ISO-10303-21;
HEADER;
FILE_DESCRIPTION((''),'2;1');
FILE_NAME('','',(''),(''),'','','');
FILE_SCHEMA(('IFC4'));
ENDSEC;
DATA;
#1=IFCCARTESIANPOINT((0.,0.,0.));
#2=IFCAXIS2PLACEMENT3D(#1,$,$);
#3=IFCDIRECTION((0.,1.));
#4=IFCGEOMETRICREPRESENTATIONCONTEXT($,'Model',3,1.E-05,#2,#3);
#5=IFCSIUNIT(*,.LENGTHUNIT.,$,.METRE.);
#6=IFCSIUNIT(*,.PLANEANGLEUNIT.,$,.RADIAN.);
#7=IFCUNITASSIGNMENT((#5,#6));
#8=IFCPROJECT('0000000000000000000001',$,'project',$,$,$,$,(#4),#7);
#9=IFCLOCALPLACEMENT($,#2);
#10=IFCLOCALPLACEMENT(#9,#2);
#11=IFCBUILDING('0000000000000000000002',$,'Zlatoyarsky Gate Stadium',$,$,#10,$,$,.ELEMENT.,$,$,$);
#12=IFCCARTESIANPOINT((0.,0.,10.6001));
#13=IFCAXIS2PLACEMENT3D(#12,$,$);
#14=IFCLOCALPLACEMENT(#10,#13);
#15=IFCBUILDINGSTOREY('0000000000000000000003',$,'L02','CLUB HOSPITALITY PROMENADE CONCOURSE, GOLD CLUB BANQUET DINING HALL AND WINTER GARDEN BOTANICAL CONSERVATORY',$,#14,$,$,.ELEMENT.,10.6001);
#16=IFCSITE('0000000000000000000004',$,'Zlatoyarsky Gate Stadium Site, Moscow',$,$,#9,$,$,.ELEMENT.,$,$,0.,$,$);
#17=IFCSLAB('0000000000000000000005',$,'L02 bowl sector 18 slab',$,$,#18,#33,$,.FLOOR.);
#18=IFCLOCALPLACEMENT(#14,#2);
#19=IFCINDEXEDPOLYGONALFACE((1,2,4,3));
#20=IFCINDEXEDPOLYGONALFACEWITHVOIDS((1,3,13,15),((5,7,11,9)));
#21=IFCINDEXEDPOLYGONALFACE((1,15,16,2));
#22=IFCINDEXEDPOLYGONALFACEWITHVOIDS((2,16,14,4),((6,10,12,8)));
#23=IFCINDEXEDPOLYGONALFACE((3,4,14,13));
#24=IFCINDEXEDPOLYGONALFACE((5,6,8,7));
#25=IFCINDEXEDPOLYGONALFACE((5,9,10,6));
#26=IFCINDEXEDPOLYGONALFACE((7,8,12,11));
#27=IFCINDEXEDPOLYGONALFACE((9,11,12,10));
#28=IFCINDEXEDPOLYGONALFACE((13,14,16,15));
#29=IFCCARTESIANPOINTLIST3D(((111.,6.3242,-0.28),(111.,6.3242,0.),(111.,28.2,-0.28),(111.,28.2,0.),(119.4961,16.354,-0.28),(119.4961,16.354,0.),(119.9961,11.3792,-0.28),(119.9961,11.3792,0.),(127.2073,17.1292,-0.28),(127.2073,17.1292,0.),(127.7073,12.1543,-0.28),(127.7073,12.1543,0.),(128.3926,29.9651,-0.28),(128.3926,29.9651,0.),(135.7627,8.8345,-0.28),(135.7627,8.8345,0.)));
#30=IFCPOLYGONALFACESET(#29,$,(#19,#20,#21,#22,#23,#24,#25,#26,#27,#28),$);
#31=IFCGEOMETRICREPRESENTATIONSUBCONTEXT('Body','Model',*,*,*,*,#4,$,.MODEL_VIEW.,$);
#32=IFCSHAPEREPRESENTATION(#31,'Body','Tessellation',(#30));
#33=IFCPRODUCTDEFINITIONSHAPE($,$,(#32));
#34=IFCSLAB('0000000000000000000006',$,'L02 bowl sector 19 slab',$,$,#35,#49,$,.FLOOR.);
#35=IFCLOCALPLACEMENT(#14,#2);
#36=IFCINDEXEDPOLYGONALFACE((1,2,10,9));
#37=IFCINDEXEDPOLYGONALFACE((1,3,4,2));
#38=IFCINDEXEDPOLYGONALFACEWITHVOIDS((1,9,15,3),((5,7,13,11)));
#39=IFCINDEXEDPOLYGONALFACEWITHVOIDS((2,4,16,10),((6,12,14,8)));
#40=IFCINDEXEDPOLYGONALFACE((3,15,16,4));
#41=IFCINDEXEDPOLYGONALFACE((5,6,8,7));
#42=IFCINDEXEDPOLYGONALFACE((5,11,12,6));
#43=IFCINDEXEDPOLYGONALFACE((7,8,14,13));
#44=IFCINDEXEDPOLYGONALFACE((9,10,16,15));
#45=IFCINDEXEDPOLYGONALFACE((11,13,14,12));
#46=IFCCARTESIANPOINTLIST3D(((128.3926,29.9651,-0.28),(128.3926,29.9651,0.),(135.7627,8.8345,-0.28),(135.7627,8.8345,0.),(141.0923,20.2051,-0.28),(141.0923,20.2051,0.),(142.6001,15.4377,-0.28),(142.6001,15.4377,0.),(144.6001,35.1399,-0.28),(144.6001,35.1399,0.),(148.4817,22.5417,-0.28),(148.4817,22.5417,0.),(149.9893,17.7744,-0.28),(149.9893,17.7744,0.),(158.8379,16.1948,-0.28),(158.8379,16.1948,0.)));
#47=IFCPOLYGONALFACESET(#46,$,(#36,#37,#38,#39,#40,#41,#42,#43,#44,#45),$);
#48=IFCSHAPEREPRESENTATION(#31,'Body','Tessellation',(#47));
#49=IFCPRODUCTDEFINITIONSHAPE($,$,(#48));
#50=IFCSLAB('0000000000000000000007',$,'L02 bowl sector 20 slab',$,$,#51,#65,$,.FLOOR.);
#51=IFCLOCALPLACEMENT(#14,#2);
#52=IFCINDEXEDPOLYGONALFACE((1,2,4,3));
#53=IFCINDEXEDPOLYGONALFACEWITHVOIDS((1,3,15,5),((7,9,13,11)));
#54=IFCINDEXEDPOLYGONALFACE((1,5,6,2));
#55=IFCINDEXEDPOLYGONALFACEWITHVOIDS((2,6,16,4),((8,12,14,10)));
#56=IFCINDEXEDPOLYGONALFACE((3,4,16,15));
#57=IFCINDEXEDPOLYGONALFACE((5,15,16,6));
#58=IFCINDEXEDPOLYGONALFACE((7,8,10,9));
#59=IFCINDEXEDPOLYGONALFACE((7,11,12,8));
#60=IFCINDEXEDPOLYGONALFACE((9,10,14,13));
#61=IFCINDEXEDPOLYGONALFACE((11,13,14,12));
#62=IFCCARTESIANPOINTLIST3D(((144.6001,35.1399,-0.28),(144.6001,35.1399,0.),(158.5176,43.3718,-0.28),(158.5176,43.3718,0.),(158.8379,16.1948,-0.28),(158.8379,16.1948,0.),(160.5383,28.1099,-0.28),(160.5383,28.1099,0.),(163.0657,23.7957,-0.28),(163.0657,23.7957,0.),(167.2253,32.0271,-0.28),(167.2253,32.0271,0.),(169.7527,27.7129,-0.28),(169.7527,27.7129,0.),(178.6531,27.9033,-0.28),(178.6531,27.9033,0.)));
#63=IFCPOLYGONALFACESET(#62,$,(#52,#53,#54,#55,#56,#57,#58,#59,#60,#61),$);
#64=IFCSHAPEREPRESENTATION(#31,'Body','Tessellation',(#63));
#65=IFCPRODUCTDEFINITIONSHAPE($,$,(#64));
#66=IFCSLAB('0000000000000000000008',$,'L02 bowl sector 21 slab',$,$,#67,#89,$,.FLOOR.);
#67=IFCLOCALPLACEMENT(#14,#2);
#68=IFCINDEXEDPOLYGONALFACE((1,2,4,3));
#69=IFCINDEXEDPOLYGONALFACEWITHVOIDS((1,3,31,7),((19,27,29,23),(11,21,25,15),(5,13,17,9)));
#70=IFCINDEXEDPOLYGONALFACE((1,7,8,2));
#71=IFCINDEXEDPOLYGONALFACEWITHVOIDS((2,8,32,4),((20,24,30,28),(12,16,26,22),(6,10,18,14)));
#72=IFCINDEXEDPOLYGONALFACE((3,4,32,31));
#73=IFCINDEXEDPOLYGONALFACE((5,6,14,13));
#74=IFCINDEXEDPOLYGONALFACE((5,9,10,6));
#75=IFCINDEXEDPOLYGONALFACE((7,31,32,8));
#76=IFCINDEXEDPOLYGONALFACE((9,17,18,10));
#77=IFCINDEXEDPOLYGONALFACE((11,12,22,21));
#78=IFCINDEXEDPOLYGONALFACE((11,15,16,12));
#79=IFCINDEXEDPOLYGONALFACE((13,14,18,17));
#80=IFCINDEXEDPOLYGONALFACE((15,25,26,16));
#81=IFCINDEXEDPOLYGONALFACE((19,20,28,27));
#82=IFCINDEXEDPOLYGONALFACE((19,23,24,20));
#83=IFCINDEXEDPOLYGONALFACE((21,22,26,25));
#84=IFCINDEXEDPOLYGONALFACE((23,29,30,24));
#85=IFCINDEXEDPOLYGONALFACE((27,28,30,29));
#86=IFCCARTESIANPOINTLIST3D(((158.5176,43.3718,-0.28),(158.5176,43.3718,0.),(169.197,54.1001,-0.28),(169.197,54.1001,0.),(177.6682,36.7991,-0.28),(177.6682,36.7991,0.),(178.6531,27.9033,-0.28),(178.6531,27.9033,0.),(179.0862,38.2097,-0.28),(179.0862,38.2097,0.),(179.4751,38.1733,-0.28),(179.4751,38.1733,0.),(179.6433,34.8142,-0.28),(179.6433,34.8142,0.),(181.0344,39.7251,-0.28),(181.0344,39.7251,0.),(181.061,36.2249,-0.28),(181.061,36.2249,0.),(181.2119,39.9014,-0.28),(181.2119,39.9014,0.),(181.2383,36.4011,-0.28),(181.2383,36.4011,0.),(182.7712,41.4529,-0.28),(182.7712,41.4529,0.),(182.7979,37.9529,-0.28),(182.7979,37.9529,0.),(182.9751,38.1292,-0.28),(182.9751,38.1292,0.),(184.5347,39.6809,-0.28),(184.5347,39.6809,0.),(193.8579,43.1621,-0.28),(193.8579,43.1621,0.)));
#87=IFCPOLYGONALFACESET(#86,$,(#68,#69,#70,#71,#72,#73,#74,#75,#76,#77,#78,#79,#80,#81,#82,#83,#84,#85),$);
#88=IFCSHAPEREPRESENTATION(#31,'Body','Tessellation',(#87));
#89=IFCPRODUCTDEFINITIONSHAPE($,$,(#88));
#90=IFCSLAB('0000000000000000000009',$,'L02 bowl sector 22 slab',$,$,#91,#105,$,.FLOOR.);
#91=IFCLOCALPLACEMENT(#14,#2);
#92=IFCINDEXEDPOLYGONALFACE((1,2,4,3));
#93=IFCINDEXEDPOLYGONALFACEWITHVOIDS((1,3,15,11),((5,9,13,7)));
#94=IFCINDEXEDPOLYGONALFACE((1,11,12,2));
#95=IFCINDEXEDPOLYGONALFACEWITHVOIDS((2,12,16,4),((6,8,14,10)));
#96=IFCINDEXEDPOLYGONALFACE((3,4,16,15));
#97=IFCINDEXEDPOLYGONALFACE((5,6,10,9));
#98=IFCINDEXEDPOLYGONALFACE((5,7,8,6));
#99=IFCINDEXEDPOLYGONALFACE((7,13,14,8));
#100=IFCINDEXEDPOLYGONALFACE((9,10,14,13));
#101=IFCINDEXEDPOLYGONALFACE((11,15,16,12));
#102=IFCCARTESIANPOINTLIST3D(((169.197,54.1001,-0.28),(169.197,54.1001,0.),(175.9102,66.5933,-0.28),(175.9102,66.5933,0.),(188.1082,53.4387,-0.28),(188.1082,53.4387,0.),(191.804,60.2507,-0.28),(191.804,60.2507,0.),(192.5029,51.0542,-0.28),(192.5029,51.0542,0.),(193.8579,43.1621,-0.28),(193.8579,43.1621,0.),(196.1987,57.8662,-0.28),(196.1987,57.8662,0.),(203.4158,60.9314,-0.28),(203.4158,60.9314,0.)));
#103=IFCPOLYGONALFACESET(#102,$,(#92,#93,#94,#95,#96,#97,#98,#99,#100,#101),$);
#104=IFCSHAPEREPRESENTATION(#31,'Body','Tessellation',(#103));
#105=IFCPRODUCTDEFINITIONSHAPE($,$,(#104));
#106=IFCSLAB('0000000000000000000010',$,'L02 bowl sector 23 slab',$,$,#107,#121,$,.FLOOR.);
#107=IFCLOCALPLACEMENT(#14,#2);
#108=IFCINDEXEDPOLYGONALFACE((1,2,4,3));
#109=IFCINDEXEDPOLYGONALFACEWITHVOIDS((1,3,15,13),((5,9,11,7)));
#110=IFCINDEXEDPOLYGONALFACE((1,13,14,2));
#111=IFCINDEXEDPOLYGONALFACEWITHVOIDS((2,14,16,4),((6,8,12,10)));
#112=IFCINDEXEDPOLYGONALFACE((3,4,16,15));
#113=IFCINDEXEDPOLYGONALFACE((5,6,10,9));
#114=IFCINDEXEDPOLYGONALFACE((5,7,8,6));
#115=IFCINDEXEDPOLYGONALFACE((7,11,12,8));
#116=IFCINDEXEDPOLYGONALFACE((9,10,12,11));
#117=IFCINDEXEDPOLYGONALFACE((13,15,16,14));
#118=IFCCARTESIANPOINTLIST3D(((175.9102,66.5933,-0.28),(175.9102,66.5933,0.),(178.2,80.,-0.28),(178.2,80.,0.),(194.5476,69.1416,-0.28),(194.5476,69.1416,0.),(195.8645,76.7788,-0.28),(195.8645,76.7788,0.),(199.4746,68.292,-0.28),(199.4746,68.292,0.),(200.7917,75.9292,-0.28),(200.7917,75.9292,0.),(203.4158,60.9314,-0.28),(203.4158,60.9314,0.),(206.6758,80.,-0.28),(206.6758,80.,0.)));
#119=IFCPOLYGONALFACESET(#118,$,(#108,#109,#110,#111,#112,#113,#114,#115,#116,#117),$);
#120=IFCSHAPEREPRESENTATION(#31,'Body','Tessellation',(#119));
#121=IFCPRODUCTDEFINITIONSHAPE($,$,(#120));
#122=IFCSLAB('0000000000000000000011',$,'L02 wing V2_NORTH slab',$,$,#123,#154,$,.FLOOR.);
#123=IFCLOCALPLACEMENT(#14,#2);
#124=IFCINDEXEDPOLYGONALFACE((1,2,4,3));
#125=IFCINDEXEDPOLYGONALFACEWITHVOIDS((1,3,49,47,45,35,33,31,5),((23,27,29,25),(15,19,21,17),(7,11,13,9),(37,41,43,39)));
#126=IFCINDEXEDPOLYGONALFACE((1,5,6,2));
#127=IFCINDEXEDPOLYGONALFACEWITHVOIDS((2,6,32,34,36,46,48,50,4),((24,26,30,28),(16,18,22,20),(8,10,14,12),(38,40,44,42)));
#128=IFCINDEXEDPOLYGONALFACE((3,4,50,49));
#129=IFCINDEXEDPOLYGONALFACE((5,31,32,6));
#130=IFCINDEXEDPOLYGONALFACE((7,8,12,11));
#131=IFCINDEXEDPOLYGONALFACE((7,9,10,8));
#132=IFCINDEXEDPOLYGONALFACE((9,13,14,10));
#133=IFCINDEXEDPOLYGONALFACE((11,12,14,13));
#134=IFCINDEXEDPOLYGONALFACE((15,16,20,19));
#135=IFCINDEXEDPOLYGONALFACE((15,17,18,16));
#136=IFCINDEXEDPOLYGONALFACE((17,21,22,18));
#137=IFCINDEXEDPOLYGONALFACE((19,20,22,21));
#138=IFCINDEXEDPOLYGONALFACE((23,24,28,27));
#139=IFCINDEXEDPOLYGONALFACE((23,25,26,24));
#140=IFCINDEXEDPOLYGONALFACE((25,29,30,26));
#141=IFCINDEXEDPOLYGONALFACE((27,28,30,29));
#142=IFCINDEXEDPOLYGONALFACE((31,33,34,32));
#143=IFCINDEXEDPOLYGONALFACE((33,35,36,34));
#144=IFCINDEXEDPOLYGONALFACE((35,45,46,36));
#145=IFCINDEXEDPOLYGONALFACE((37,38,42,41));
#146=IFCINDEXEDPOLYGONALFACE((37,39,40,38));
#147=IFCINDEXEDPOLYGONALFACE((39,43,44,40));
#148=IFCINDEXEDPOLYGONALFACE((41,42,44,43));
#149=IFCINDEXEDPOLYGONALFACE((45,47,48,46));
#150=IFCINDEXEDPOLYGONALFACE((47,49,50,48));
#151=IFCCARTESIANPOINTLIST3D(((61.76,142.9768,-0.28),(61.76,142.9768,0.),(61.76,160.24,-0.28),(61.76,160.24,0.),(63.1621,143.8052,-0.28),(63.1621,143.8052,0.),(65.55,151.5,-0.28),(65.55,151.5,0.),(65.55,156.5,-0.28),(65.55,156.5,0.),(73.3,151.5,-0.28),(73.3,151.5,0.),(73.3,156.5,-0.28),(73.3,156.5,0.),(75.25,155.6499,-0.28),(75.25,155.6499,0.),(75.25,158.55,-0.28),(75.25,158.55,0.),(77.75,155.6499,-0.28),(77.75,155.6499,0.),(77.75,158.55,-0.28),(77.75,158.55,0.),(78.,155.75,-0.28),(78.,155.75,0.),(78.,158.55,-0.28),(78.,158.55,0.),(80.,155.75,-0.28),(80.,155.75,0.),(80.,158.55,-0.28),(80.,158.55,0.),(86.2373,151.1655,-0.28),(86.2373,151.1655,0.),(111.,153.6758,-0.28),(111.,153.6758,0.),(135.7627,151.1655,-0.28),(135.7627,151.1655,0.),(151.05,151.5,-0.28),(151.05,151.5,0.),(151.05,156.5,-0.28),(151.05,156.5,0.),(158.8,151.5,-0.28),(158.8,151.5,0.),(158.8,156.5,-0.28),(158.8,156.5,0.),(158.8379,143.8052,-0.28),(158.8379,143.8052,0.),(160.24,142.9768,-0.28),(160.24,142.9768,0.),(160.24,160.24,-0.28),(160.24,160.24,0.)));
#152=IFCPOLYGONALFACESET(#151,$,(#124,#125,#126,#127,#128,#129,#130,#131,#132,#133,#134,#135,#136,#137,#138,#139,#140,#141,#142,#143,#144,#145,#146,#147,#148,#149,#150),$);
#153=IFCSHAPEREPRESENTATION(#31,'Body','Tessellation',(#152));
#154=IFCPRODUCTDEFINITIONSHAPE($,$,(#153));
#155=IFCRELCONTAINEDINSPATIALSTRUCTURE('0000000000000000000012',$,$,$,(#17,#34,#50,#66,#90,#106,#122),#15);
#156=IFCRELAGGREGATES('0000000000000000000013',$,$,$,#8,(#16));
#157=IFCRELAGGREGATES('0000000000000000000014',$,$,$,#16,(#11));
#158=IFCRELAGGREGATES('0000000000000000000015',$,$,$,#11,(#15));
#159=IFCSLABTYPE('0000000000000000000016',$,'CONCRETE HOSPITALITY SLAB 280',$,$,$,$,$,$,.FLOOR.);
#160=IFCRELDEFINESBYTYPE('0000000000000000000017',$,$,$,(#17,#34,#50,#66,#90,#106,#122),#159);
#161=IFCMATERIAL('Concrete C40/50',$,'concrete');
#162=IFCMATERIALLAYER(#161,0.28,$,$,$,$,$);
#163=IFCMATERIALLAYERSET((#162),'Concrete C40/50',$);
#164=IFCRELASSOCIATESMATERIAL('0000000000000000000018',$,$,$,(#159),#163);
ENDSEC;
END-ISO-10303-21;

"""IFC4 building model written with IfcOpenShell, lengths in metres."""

from ifc_helpers import new_model, si_unit, direction, frame, origin, place, context, subcontext, project, spatial, polyline, outline, extrude, material, layer, layer_set, type_object, element, save


model = new_model("IFC4")

# Units and contexts
model_context = context("Model", 3, precision=1e-05, world=origin(), true_north=direction((0.0, 1.0)))
body_context = subcontext(model_context, "Body", "Model", "MODEL_VIEW")
ifc_project = project(units=[si_unit("LENGTHUNIT", "METRE"), si_unit("PLANEANGLEUNIT", "RADIAN")], contexts=[model_context])

# Site, building, storey
site_placement = place(None, origin())
site = spatial("IfcSite", under=ifc_project, at=site_placement, Name="Zlatoyarsky Gate Stadium Site, Moscow", CompositionType="ELEMENT", RefElevation=0.0)
building_placement = place(site_placement, origin())
building = spatial("IfcBuilding", under=site, at=building_placement, Name="Zlatoyarsky Gate Stadium", CompositionType="ELEMENT")
storey_placement = place(building_placement, frame((0.0, 0.0, 10.6001)))
storey = spatial("IfcBuildingStorey", under=building, at=storey_placement, Name="L02", Description="CLUB HOSPITALITY PROMENADE CONCOURSE, GOLD CLUB BANQUET DINING HALL AND WINTER GARDEN BOTANICAL CONSERVATORY", CompositionType="ELEMENT", Elevation=10.6001)

# Slabs
ifc_material = material(Name="Concrete C40/50", Category="concrete")
ifc_layer = layer(ifc_material, 0.28)
ifc_layer_set = layer_set([ifc_layer], Name="Concrete C40/50")
slab_type = type_object("IfcSlabType", Name="CONCRETE HOSPITALITY SLAB 280", PredefinedType="FLOOR", material=ifc_layer_set)
slab_1_placement = place(storey_placement, frame((0.0, 0.0, -0.28)))
element("IfcSlab", 1, at=slab_1_placement, inside=storey, type_object=slab_type, Name="L02 bowl sector 18 slab", PredefinedType="FLOOR", context=body_context, shape_type="SweptSolid", body=[
    extrude(outline(polyline([(128.3926, 29.9651), (135.7627, 8.8345), (111.0, 6.3242), (111.0, 28.2), (128.3926, 29.9651)]), holes=[polyline([(119.9961, 11.3792), (127.7073, 12.1543), (127.2073, 17.1292), (119.4961, 16.354), (119.9961, 11.3792)])]), origin(), (0.0, 0.0, 1.0), 0.28),
])
slab_2_placement = place(storey_placement, frame((0.0, 0.0, -0.28)))
element("IfcSlab", 2, at=slab_2_placement, inside=storey, type_object=slab_type, Name="L02 bowl sector 19 slab", PredefinedType="FLOOR", context=body_context, shape_type="SweptSolid", body=[
    extrude(outline(polyline([(144.6001, 35.1399), (158.8379, 16.1948), (135.7627, 8.8345), (128.3926, 29.9651), (144.6001, 35.1399)]), holes=[polyline([(141.0923, 20.2051), (142.6001, 15.4377), (149.9893, 17.7744), (148.4817, 22.5417), (141.0923, 20.2051)])]), origin(), (0.0, 0.0, 1.0), 0.28),
])
slab_3_placement = place(storey_placement, frame((0.0, 0.0, -0.28)))
element("IfcSlab", 3, at=slab_3_placement, inside=storey, type_object=slab_type, Name="L02 bowl sector 20 slab", PredefinedType="FLOOR", context=body_context, shape_type="SweptSolid", body=[
    extrude(outline(polyline([(158.5176, 43.3718), (178.6531, 27.9033), (158.8379, 16.1948), (144.6001, 35.1399), (158.5176, 43.3718)]), holes=[polyline([(160.5383, 28.1099), (163.0657, 23.7957), (169.7527, 27.7129), (167.2253, 32.0271), (160.5383, 28.1099)])]), origin(), (0.0, 0.0, 1.0), 0.28),
])
slab_4_placement = place(storey_placement, frame((0.0, 0.0, -0.28)))
element("IfcSlab", 4, at=slab_4_placement, inside=storey, type_object=slab_type, Name="L02 bowl sector 21 slab", PredefinedType="FLOOR", context=body_context, shape_type="SweptSolid", body=[
    extrude(outline(polyline([(169.197, 54.1001), (193.8579, 43.1621), (178.6531, 27.9033), (158.5176, 43.3718), (169.197, 54.1001)]), holes=[polyline([(179.6433, 34.8142), (181.061, 36.2249), (179.0862, 38.2097), (177.6682, 36.7991), (179.6433, 34.8142)]), polyline([(181.2383, 36.4011), (182.7979, 37.9529), (181.0344, 39.7251), (179.4751, 38.1733), (181.2383, 36.4011)]), polyline([(182.9751, 38.1292), (184.5347, 39.6809), (182.7712, 41.4529), (181.2119, 39.9014), (182.9751, 38.1292)])]), origin(), (0.0, 0.0, 1.0), 0.28),
])
slab_5_placement = place(storey_placement, frame((0.0, 0.0, -0.28)))
element("IfcSlab", 5, at=slab_5_placement, inside=storey, type_object=slab_type, Name="L02 bowl sector 22 slab", PredefinedType="FLOOR", context=body_context, shape_type="SweptSolid", body=[
    extrude(outline(polyline([(175.9102, 66.5933), (203.4158, 60.9314), (193.8579, 43.1621), (169.197, 54.1001), (175.9102, 66.5933)]), holes=[polyline([(188.1082, 53.4387), (192.5029, 51.0542), (196.1987, 57.8662), (191.804, 60.2507), (188.1082, 53.4387)])]), origin(), (0.0, 0.0, 1.0), 0.28),
])
slab_6_placement = place(storey_placement, frame((0.0, 0.0, -0.28)))
element("IfcSlab", 6, at=slab_6_placement, inside=storey, type_object=slab_type, Name="L02 bowl sector 23 slab", PredefinedType="FLOOR", context=body_context, shape_type="SweptSolid", body=[
    extrude(outline(polyline([(178.2, 80.0), (206.6758, 80.0), (203.4158, 60.9314), (175.9102, 66.5933), (178.2, 80.0)]), holes=[polyline([(194.5476, 69.1416), (199.4746, 68.292), (200.7917, 75.9292), (195.8645, 76.7788), (194.5476, 69.1416)])]), origin(), (0.0, 0.0, 1.0), 0.28),
])
slab_7_placement = place(storey_placement, frame((0.0, 0.0, -0.28)))
element("IfcSlab", 7, at=slab_7_placement, inside=storey, type_object=slab_type, Name="L02 wing V2_NORTH slab", PredefinedType="FLOOR", context=body_context, shape_type="SweptSolid", body=[
    extrude(outline(polyline([(160.24, 142.9768), (158.8379, 143.8052), (135.7627, 151.1655), (111.0, 153.6758), (86.2373, 151.1655), (63.1621, 143.8052), (61.76, 142.9768), (61.76, 160.24), (160.24, 160.24), (160.24, 142.9768)]), holes=[polyline([(73.3, 151.5), (73.3, 156.5), (65.55, 156.5), (65.55, 151.5), (73.3, 151.5)]), polyline([(77.75, 158.55), (75.25, 158.55), (75.25, 155.6499), (77.75, 155.6499), (77.75, 158.55)]), polyline([(80.0, 158.55), (78.0, 158.55), (78.0, 155.75), (80.0, 155.75), (80.0, 158.55)]), polyline([(151.05, 151.5), (158.8, 151.5), (158.8, 156.5), (151.05, 156.5), (151.05, 151.5)])]), origin(), (0.0, 0.0, 1.0), 0.28),
])

save(model, "model.ifc")
